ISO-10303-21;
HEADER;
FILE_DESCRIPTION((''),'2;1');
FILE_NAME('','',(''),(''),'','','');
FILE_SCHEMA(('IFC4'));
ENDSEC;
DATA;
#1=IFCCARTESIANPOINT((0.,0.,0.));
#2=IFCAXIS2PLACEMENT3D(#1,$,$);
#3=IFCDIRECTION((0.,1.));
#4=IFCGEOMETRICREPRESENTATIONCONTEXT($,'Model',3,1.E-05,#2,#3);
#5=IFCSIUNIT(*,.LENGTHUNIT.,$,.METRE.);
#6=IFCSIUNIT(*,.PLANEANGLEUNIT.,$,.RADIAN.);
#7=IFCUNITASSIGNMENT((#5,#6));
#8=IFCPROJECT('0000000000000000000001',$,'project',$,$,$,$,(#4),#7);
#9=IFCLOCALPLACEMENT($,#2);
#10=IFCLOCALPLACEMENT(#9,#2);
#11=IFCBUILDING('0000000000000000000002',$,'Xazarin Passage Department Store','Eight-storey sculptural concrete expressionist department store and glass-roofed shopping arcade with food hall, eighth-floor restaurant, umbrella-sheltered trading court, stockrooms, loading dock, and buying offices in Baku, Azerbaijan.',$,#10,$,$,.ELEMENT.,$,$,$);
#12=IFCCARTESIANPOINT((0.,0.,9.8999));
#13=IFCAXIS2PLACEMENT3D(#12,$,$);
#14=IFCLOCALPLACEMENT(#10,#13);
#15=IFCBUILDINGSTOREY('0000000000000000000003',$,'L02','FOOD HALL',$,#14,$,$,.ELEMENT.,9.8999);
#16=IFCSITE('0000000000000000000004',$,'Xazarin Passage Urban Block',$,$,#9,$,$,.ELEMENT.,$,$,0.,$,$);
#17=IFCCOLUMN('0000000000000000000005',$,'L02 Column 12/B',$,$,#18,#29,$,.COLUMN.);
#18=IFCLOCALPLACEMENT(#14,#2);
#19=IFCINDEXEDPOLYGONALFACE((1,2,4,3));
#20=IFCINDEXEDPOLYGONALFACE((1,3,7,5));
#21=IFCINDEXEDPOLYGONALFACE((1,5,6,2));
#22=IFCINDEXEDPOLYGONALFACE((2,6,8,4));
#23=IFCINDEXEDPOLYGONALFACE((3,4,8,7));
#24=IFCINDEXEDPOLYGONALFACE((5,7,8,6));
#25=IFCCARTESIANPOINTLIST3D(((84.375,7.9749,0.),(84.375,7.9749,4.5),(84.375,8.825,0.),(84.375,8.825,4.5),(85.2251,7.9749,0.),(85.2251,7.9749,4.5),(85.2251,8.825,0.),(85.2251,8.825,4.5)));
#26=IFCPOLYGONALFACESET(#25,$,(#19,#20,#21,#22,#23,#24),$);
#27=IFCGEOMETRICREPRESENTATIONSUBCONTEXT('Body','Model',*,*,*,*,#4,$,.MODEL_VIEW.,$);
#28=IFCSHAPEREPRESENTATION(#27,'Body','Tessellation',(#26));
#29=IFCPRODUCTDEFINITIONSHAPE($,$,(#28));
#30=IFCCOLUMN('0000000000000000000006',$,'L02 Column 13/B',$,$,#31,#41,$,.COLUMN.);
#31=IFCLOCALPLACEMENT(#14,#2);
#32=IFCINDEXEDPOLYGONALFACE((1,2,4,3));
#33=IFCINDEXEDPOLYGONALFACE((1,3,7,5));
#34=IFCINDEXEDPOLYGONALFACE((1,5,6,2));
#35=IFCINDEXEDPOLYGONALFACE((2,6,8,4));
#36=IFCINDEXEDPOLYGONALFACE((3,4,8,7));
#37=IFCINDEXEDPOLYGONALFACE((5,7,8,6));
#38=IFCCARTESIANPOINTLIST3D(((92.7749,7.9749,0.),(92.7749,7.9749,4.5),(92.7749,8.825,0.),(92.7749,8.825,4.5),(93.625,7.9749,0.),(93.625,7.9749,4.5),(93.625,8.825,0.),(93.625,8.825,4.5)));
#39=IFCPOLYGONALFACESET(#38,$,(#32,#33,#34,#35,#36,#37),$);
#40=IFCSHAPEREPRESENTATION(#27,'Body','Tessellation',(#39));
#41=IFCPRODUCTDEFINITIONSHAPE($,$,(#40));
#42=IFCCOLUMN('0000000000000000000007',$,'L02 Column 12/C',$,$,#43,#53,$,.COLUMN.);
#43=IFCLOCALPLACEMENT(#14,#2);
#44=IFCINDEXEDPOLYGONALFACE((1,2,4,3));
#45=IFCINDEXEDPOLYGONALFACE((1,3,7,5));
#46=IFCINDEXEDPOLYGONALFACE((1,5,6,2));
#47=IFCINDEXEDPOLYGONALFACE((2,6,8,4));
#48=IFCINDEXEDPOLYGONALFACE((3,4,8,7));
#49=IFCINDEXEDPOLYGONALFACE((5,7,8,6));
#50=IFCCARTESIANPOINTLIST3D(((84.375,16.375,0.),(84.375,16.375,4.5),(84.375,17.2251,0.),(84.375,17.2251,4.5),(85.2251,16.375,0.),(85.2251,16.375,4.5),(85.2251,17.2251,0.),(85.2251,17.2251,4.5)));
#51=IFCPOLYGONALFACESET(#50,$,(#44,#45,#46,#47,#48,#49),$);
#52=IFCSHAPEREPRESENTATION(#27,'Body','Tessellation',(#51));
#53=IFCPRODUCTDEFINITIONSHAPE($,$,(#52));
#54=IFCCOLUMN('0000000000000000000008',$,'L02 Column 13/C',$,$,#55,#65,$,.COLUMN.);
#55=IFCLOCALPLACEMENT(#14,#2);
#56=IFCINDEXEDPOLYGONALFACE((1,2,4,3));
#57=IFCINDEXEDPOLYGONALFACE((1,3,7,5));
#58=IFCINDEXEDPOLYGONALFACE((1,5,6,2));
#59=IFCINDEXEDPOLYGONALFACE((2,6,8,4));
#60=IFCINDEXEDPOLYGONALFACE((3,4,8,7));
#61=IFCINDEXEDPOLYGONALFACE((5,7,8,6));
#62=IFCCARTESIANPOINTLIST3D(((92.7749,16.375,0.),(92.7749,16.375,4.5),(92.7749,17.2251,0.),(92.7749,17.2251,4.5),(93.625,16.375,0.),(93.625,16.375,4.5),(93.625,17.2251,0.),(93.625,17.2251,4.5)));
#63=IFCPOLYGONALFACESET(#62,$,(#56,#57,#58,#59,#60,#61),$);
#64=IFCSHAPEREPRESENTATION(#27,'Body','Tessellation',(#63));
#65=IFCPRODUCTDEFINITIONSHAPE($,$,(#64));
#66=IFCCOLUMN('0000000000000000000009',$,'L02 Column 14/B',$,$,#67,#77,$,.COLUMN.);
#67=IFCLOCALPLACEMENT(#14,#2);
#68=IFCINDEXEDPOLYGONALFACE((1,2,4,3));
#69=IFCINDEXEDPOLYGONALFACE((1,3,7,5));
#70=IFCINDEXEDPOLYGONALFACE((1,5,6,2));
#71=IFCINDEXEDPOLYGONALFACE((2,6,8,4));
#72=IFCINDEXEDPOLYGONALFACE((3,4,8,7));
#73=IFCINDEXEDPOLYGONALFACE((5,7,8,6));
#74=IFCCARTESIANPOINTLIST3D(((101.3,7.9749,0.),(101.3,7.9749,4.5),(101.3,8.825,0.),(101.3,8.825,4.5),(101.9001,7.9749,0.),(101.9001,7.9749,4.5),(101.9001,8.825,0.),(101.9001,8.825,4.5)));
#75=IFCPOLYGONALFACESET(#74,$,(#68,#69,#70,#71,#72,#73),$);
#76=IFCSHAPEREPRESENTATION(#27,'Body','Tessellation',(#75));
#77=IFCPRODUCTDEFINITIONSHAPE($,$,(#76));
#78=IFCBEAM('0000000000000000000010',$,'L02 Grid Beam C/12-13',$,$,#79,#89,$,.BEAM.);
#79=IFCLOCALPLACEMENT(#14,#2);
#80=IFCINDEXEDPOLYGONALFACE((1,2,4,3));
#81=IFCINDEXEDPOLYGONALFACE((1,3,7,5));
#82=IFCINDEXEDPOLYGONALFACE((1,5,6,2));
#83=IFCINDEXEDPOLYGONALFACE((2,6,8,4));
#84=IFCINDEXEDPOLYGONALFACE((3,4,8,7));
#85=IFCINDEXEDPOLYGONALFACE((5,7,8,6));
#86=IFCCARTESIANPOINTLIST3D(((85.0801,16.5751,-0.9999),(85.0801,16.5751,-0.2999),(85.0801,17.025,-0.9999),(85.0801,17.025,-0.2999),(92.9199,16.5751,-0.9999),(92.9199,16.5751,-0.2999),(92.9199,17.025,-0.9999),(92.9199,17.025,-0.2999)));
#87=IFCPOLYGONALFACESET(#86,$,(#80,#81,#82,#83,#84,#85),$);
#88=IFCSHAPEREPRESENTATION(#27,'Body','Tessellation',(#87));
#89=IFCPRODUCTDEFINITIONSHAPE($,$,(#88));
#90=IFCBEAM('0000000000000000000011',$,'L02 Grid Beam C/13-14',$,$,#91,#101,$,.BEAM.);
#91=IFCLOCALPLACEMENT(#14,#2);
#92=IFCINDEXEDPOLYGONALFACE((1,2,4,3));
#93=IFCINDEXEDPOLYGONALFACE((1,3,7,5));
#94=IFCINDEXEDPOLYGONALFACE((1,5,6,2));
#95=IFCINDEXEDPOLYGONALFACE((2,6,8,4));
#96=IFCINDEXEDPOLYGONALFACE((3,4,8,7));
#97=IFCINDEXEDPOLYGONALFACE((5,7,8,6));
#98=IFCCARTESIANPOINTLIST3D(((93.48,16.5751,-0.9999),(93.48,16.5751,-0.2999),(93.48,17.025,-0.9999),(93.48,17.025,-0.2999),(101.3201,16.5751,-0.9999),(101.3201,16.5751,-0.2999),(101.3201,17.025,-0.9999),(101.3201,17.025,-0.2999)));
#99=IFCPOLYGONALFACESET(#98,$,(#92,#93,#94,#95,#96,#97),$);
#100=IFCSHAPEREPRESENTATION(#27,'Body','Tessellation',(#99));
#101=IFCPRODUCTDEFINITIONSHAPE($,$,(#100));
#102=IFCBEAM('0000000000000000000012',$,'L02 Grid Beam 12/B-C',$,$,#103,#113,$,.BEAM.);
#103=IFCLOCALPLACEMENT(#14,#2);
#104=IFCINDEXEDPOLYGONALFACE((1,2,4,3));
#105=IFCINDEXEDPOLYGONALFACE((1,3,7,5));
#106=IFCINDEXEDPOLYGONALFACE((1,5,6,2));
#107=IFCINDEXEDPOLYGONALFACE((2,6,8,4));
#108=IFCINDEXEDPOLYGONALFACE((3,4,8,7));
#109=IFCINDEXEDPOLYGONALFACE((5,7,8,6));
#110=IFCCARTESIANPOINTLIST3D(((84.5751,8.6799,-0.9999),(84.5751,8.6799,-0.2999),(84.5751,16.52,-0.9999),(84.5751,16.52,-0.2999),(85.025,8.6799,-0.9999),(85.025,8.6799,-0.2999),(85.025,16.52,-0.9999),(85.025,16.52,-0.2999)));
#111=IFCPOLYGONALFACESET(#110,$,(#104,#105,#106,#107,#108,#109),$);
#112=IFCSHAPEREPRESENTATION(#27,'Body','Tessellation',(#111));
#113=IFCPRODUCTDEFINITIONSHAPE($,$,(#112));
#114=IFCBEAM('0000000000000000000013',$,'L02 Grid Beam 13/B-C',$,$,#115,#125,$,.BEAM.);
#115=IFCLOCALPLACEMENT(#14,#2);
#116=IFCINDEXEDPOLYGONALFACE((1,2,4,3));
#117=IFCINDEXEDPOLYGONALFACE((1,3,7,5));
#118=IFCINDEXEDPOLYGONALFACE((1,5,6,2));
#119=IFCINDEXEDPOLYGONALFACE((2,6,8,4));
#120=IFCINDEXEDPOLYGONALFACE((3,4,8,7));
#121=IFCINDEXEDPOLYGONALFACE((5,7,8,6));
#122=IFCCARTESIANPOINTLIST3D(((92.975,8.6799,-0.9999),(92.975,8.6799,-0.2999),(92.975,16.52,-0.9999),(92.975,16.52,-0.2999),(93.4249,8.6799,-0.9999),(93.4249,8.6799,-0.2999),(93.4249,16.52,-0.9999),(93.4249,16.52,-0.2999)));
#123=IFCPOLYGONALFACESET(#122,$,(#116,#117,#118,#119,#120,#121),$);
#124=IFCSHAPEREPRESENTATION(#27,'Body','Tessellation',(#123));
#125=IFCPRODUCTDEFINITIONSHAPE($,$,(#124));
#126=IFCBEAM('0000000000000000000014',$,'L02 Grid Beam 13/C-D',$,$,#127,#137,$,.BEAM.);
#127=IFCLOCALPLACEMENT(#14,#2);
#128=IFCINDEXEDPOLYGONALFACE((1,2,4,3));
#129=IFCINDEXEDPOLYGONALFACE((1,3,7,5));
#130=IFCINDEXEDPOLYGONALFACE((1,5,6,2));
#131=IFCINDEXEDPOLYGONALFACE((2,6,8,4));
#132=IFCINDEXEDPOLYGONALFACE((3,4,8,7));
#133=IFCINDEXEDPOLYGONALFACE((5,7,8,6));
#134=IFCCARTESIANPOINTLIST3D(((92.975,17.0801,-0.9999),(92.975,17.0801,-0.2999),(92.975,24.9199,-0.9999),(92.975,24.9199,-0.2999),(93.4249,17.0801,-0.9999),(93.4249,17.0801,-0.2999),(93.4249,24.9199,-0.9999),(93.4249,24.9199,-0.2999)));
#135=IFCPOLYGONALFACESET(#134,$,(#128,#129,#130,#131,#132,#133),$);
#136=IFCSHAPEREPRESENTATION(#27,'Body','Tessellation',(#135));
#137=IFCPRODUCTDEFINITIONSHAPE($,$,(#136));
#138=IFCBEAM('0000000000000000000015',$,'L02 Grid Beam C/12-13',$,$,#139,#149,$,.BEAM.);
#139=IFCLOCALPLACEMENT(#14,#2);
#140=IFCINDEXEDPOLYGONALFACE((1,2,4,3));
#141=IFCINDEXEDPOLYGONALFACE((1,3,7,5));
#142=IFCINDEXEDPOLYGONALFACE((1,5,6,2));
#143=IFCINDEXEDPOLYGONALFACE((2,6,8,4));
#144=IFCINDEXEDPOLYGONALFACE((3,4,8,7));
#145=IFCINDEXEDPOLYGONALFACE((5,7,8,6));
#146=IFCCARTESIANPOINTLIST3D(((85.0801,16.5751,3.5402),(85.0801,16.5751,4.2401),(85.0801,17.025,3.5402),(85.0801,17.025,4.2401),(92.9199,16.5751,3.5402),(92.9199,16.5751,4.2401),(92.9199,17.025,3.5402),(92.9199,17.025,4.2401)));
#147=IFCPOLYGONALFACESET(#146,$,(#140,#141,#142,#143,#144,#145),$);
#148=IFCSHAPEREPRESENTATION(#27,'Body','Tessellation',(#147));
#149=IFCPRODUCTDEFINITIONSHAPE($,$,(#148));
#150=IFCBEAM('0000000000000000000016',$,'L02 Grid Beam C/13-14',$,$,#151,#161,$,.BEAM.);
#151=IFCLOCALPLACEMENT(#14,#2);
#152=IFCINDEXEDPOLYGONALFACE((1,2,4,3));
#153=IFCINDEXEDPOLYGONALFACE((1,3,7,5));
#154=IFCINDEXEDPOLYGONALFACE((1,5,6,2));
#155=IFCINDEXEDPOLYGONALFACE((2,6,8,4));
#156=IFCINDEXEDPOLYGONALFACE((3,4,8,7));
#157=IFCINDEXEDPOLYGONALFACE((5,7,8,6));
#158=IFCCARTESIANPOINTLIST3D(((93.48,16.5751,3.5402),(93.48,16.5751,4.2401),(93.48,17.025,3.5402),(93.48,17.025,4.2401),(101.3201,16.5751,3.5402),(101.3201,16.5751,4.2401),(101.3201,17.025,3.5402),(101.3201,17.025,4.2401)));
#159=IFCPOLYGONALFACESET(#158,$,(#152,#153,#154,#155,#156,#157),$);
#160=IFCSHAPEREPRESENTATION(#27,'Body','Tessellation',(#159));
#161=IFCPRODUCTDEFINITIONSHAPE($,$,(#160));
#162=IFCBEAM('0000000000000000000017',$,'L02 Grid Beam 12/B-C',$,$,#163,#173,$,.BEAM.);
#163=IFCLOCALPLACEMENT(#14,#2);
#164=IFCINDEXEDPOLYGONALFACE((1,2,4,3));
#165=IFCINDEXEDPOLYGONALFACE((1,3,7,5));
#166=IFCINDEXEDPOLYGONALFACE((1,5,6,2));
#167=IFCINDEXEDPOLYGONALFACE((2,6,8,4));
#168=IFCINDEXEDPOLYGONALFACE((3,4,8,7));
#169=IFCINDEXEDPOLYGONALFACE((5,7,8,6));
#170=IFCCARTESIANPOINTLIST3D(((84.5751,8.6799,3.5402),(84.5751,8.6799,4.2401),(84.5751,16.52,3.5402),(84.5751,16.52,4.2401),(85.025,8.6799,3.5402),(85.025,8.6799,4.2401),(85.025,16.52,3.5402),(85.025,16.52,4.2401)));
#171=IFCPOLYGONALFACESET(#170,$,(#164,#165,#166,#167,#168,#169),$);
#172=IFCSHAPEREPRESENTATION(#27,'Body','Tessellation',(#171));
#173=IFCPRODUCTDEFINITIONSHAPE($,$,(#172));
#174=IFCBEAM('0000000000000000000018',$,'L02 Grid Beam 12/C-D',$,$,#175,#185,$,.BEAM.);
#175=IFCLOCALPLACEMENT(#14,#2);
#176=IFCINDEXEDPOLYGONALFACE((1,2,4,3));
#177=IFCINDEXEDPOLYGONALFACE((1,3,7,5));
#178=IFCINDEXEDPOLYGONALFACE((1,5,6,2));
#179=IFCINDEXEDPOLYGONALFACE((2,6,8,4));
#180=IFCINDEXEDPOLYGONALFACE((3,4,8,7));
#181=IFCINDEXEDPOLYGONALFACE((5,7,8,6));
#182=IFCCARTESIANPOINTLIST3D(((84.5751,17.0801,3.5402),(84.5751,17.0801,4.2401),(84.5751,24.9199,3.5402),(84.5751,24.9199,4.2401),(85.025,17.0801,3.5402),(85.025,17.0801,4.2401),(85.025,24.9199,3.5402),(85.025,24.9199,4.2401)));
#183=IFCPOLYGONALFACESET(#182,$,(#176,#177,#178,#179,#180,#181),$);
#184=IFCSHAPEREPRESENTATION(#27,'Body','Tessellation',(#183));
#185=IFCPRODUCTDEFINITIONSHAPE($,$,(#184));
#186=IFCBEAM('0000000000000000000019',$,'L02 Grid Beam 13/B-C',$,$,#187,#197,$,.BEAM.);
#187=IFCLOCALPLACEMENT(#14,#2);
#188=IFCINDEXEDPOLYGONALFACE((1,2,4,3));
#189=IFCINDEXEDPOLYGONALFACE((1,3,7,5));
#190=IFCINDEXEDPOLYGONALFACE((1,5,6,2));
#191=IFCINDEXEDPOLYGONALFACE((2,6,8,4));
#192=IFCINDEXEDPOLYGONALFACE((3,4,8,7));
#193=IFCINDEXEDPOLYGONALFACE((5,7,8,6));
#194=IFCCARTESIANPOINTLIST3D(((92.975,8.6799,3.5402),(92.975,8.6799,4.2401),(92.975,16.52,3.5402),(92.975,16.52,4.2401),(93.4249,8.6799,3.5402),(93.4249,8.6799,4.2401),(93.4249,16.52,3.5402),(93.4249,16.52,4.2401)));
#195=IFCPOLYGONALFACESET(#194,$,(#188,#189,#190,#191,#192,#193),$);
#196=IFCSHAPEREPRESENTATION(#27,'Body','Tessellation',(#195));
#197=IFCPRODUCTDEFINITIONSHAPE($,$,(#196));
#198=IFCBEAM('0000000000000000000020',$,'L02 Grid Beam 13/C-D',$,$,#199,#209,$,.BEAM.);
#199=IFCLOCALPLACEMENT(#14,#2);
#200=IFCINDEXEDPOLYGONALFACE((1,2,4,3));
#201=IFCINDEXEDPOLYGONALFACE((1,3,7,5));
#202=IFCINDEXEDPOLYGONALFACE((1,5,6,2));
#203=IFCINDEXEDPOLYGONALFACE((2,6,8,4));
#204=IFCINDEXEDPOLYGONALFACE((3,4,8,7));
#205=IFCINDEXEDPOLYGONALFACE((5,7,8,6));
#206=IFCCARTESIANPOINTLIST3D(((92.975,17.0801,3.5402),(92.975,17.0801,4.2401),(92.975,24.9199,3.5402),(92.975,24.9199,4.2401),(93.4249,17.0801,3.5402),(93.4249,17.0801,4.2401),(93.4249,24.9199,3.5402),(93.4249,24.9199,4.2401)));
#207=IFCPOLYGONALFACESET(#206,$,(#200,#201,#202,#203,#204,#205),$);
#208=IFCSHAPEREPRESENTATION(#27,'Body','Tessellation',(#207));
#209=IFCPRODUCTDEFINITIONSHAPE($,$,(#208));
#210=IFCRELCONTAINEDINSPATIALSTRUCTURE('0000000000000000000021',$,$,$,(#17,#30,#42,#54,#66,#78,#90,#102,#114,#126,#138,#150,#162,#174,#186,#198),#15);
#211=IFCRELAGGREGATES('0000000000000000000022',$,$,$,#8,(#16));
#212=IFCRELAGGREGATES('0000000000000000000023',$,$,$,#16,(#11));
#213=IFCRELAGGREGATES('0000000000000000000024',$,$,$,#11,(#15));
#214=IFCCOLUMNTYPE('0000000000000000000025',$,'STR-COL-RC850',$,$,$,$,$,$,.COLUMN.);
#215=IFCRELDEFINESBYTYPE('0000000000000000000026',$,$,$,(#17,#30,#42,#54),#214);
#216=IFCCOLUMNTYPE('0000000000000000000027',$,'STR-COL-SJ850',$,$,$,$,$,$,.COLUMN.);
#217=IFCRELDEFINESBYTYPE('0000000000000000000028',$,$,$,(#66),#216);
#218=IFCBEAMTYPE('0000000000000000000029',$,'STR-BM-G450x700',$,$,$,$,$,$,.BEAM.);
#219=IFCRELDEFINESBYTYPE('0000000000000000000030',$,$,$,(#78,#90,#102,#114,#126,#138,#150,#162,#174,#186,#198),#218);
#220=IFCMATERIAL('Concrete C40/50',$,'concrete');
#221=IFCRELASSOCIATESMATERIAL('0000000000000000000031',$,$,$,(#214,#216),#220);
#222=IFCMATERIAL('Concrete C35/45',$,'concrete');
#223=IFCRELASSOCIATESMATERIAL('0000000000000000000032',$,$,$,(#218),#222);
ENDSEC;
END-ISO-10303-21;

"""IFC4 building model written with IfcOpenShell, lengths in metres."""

from ifc_helpers import new_model, si_unit, direction, frame, origin, origin_2d, place, context, subcontext, project, spatial, rectangle, extrude, material, material_profile, profile_set, type_object, element, save


model = new_model("IFC4")

# Units and contexts
model_context = context("Model", 3, precision=1e-05, world=origin(), true_north=direction((0.0, 1.0)))
body_context = subcontext(model_context, "Body", "Model", "MODEL_VIEW")
ifc_project = project(units=[si_unit("LENGTHUNIT", "METRE"), si_unit("PLANEANGLEUNIT", "RADIAN")], contexts=[model_context])

# Site, building, storey
site_placement = place(None, origin())
site = spatial("IfcSite", under=ifc_project, at=site_placement, Name="Xazarin Passage Urban Block", CompositionType="ELEMENT", RefElevation=0.0)
building_placement = place(site_placement, origin())
building = spatial("IfcBuilding", under=site, at=building_placement, Name="Xazarin Passage Department Store", Description="Eight-storey sculptural concrete expressionist department store and glass-roofed shopping arcade with food hall, eighth-floor restaurant, umbrella-sheltered trading court, stockrooms, loading dock, and buying offices in Baku, Azerbaijan.", CompositionType="ELEMENT")
storey_placement = place(building_placement, frame((0.0, 0.0, 9.8999)))
storey = spatial("IfcBuildingStorey", under=building, at=storey_placement, Name="L02", Description="FOOD HALL", CompositionType="ELEMENT", Elevation=9.8999)

# Columns
ifc_material_1 = material(Name="Concrete C40/50", Category="concrete")
ifc_material_profile_1 = material_profile(ifc_material_1, rectangle(XDim=0.8501, YDim=0.8501, at=origin_2d()), Name="RC 850x850")
ifc_profile_set_1 = profile_set([ifc_material_profile_1], Name="Concrete C40/50")
column_type_1 = type_object("IfcColumnType", Name="STR-COL-RC850", PredefinedType="COLUMN", material=ifc_profile_set_1)
for number, where, z_axis, x_axis, name in (
    (1, (84.8, 8.3999, 0.0), (0.0, 0.0, 1.0), (1.0, 0.0, 0.0), "L02 Column 12/B"),
    (2, (93.2, 8.3999, 0.0), (0.0, 0.0, 1.0), (1.0, 0.0, 0.0), "L02 Column 13/B"),
    (3, (84.8, 16.8, 0.0), (0.0, 0.0, 1.0), (1.0, 0.0, 0.0), "L02 Column 12/C"),
    (4, (93.2, 16.8, 0.0), (0.0, 0.0, 1.0), (1.0, 0.0, 0.0), "L02 Column 13/C"),
):
    element("IfcColumn", number, at=place(storey_placement, frame(where, z_axis=z_axis, x_axis=x_axis)), inside=storey, type_object=column_type_1, Name=name, PredefinedType="COLUMN", context=body_context, shape_type="SweptSolid", body=[
        extrude(rectangle(XDim=0.8501, YDim=0.8501, at=origin_2d()), origin(), (0.0, 0.0, 1.0), 4.5),
    ])
ifc_material_profile_2 = material_profile(ifc_material_1, rectangle(XDim=0.6001, YDim=0.8501, at=origin_2d()), Name="RC 600x850")
ifc_profile_set_2 = profile_set([ifc_material_profile_2], Name="Concrete C40/50")
column_type_2 = type_object("IfcColumnType", Name="STR-COL-SJ850", PredefinedType="COLUMN", material=ifc_profile_set_2)
column_placement = place(storey_placement, frame((101.6001, 8.3999, 0.0), z_axis=(0.0, 0.0, 1.0), x_axis=(1.0, 0.0, 0.0)))
element("IfcColumn", 5, at=column_placement, inside=storey, type_object=column_type_2, Name="L02 Column 14/B", PredefinedType="COLUMN", context=body_context, shape_type="SweptSolid", body=[
    extrude(rectangle(XDim=0.6001, YDim=0.8501, at=origin_2d()), origin(), (0.0, 0.0, 1.0), 4.5),
])

# Beams
ifc_material_2 = material(Name="Concrete C35/45", Category="concrete")
ifc_material_profile_3 = material_profile(ifc_material_2, rectangle(XDim=0.45, YDim=0.7, at=origin_2d()), Name="RC 450x700")
ifc_profile_set_3 = profile_set([ifc_material_profile_3], Name="Concrete C35/45")
beam_type_1 = type_object("IfcBeamType", Name="STR-BM-G450x700", PredefinedType="BEAM", material=ifc_profile_set_3)
beam_1_placement = place(storey_placement, frame((85.0801, 16.8, -0.6499), z_axis=(1.0, 0.0, 0.0), x_axis=(0.0, 1.0, 0.0)))
element("IfcBeam", 6, at=beam_1_placement, inside=storey, type_object=beam_type_1, Name="L02 Grid Beam C/12-13", PredefinedType="BEAM", context=body_context, shape_type="SweptSolid", body=[
    extrude(rectangle(XDim=0.45, YDim=0.7, at=origin_2d()), origin(), (0.0, 0.0, 1.0), 7.8398),
])
for number, where, z_axis, x_axis, name in (
    (7, (93.48, 16.8, -0.6499), (1.0, 0.0, 0.0), (0.0, 1.0, 0.0), "L02 Grid Beam C/13-14"),
    (8, (84.8, 8.6799, -0.6499), (0.0, 1.0, 0.0), (-1.0, 0.0, 0.0), "L02 Grid Beam 12/B-C"),
    (9, (93.2, 8.6799, -0.6499), (0.0, 1.0, 0.0), (-1.0, 0.0, 0.0), "L02 Grid Beam 13/B-C"),
):
    element("IfcBeam", number, at=place(storey_placement, frame(where, z_axis=z_axis, x_axis=x_axis)), inside=storey, type_object=beam_type_1, Name=name, PredefinedType="BEAM", context=body_context, shape_type="SweptSolid", body=[
        extrude(rectangle(XDim=0.45, YDim=0.7, at=origin_2d()), origin(), (0.0, 0.0, 1.0), 7.8401),
    ])
for number, where, z_axis, x_axis, name in (
    (10, (93.2, 17.0801, -0.6499), (0.0, 1.0, 0.0), (-1.0, 0.0, 0.0), "L02 Grid Beam 13/C-D"),
    (11, (85.0801, 16.8, 3.8901), (1.0, 0.0, 0.0), (0.0, 1.0, 0.0), "L02 Grid Beam C/12-13"),
):
    element("IfcBeam", number, at=place(storey_placement, frame(where, z_axis=z_axis, x_axis=x_axis)), inside=storey, type_object=beam_type_1, Name=name, PredefinedType="BEAM", context=body_context, shape_type="SweptSolid", body=[
        extrude(rectangle(XDim=0.45, YDim=0.7, at=origin_2d()), origin(), (0.0, 0.0, 1.0), 7.8398),
    ])
for number, where, z_axis, x_axis, name in (
    (12, (93.48, 16.8, 3.8901), (1.0, 0.0, 0.0), (0.0, 1.0, 0.0), "L02 Grid Beam C/13-14"),
    (13, (84.8, 8.6799, 3.8901), (0.0, 1.0, 0.0), (-1.0, 0.0, 0.0), "L02 Grid Beam 12/B-C"),
):
    element("IfcBeam", number, at=place(storey_placement, frame(where, z_axis=z_axis, x_axis=x_axis)), inside=storey, type_object=beam_type_1, Name=name, PredefinedType="BEAM", context=body_context, shape_type="SweptSolid", body=[
        extrude(rectangle(XDim=0.45, YDim=0.7, at=origin_2d()), origin(), (0.0, 0.0, 1.0), 7.8401),
    ])
beam_2_placement = place(storey_placement, frame((84.8, 17.0801, 3.8901), z_axis=(0.0, 1.0, 0.0), x_axis=(-1.0, 0.0, 0.0)))
element("IfcBeam", 14, at=beam_2_placement, inside=storey, type_object=beam_type_1, Name="L02 Grid Beam 12/C-D", PredefinedType="BEAM", context=body_context, shape_type="SweptSolid", body=[
    extrude(rectangle(XDim=0.45, YDim=0.7, at=origin_2d()), origin(), (0.0, 0.0, 1.0), 7.8398),
])
beam_3_placement = place(storey_placement, frame((93.2, 8.6799, 3.8901), z_axis=(0.0, 1.0, 0.0), x_axis=(-1.0, 0.0, 0.0)))
element("IfcBeam", 15, at=beam_3_placement, inside=storey, type_object=beam_type_1, Name="L02 Grid Beam 13/B-C", PredefinedType="BEAM", context=body_context, shape_type="SweptSolid", body=[
    extrude(rectangle(XDim=0.45, YDim=0.7, at=origin_2d()), origin(), (0.0, 0.0, 1.0), 7.8401),
])
beam_4_placement = place(storey_placement, frame((93.2, 17.0801, 3.8901), z_axis=(0.0, 1.0, 0.0), x_axis=(-1.0, 0.0, 0.0)))
element("IfcBeam", 16, at=beam_4_placement, inside=storey, type_object=beam_type_1, Name="L02 Grid Beam 13/C-D", PredefinedType="BEAM", context=body_context, shape_type="SweptSolid", body=[
    extrude(rectangle(XDim=0.45, YDim=0.7, at=origin_2d()), origin(), (0.0, 0.0, 1.0), 7.8398),
])

save(model, "model.ifc")
